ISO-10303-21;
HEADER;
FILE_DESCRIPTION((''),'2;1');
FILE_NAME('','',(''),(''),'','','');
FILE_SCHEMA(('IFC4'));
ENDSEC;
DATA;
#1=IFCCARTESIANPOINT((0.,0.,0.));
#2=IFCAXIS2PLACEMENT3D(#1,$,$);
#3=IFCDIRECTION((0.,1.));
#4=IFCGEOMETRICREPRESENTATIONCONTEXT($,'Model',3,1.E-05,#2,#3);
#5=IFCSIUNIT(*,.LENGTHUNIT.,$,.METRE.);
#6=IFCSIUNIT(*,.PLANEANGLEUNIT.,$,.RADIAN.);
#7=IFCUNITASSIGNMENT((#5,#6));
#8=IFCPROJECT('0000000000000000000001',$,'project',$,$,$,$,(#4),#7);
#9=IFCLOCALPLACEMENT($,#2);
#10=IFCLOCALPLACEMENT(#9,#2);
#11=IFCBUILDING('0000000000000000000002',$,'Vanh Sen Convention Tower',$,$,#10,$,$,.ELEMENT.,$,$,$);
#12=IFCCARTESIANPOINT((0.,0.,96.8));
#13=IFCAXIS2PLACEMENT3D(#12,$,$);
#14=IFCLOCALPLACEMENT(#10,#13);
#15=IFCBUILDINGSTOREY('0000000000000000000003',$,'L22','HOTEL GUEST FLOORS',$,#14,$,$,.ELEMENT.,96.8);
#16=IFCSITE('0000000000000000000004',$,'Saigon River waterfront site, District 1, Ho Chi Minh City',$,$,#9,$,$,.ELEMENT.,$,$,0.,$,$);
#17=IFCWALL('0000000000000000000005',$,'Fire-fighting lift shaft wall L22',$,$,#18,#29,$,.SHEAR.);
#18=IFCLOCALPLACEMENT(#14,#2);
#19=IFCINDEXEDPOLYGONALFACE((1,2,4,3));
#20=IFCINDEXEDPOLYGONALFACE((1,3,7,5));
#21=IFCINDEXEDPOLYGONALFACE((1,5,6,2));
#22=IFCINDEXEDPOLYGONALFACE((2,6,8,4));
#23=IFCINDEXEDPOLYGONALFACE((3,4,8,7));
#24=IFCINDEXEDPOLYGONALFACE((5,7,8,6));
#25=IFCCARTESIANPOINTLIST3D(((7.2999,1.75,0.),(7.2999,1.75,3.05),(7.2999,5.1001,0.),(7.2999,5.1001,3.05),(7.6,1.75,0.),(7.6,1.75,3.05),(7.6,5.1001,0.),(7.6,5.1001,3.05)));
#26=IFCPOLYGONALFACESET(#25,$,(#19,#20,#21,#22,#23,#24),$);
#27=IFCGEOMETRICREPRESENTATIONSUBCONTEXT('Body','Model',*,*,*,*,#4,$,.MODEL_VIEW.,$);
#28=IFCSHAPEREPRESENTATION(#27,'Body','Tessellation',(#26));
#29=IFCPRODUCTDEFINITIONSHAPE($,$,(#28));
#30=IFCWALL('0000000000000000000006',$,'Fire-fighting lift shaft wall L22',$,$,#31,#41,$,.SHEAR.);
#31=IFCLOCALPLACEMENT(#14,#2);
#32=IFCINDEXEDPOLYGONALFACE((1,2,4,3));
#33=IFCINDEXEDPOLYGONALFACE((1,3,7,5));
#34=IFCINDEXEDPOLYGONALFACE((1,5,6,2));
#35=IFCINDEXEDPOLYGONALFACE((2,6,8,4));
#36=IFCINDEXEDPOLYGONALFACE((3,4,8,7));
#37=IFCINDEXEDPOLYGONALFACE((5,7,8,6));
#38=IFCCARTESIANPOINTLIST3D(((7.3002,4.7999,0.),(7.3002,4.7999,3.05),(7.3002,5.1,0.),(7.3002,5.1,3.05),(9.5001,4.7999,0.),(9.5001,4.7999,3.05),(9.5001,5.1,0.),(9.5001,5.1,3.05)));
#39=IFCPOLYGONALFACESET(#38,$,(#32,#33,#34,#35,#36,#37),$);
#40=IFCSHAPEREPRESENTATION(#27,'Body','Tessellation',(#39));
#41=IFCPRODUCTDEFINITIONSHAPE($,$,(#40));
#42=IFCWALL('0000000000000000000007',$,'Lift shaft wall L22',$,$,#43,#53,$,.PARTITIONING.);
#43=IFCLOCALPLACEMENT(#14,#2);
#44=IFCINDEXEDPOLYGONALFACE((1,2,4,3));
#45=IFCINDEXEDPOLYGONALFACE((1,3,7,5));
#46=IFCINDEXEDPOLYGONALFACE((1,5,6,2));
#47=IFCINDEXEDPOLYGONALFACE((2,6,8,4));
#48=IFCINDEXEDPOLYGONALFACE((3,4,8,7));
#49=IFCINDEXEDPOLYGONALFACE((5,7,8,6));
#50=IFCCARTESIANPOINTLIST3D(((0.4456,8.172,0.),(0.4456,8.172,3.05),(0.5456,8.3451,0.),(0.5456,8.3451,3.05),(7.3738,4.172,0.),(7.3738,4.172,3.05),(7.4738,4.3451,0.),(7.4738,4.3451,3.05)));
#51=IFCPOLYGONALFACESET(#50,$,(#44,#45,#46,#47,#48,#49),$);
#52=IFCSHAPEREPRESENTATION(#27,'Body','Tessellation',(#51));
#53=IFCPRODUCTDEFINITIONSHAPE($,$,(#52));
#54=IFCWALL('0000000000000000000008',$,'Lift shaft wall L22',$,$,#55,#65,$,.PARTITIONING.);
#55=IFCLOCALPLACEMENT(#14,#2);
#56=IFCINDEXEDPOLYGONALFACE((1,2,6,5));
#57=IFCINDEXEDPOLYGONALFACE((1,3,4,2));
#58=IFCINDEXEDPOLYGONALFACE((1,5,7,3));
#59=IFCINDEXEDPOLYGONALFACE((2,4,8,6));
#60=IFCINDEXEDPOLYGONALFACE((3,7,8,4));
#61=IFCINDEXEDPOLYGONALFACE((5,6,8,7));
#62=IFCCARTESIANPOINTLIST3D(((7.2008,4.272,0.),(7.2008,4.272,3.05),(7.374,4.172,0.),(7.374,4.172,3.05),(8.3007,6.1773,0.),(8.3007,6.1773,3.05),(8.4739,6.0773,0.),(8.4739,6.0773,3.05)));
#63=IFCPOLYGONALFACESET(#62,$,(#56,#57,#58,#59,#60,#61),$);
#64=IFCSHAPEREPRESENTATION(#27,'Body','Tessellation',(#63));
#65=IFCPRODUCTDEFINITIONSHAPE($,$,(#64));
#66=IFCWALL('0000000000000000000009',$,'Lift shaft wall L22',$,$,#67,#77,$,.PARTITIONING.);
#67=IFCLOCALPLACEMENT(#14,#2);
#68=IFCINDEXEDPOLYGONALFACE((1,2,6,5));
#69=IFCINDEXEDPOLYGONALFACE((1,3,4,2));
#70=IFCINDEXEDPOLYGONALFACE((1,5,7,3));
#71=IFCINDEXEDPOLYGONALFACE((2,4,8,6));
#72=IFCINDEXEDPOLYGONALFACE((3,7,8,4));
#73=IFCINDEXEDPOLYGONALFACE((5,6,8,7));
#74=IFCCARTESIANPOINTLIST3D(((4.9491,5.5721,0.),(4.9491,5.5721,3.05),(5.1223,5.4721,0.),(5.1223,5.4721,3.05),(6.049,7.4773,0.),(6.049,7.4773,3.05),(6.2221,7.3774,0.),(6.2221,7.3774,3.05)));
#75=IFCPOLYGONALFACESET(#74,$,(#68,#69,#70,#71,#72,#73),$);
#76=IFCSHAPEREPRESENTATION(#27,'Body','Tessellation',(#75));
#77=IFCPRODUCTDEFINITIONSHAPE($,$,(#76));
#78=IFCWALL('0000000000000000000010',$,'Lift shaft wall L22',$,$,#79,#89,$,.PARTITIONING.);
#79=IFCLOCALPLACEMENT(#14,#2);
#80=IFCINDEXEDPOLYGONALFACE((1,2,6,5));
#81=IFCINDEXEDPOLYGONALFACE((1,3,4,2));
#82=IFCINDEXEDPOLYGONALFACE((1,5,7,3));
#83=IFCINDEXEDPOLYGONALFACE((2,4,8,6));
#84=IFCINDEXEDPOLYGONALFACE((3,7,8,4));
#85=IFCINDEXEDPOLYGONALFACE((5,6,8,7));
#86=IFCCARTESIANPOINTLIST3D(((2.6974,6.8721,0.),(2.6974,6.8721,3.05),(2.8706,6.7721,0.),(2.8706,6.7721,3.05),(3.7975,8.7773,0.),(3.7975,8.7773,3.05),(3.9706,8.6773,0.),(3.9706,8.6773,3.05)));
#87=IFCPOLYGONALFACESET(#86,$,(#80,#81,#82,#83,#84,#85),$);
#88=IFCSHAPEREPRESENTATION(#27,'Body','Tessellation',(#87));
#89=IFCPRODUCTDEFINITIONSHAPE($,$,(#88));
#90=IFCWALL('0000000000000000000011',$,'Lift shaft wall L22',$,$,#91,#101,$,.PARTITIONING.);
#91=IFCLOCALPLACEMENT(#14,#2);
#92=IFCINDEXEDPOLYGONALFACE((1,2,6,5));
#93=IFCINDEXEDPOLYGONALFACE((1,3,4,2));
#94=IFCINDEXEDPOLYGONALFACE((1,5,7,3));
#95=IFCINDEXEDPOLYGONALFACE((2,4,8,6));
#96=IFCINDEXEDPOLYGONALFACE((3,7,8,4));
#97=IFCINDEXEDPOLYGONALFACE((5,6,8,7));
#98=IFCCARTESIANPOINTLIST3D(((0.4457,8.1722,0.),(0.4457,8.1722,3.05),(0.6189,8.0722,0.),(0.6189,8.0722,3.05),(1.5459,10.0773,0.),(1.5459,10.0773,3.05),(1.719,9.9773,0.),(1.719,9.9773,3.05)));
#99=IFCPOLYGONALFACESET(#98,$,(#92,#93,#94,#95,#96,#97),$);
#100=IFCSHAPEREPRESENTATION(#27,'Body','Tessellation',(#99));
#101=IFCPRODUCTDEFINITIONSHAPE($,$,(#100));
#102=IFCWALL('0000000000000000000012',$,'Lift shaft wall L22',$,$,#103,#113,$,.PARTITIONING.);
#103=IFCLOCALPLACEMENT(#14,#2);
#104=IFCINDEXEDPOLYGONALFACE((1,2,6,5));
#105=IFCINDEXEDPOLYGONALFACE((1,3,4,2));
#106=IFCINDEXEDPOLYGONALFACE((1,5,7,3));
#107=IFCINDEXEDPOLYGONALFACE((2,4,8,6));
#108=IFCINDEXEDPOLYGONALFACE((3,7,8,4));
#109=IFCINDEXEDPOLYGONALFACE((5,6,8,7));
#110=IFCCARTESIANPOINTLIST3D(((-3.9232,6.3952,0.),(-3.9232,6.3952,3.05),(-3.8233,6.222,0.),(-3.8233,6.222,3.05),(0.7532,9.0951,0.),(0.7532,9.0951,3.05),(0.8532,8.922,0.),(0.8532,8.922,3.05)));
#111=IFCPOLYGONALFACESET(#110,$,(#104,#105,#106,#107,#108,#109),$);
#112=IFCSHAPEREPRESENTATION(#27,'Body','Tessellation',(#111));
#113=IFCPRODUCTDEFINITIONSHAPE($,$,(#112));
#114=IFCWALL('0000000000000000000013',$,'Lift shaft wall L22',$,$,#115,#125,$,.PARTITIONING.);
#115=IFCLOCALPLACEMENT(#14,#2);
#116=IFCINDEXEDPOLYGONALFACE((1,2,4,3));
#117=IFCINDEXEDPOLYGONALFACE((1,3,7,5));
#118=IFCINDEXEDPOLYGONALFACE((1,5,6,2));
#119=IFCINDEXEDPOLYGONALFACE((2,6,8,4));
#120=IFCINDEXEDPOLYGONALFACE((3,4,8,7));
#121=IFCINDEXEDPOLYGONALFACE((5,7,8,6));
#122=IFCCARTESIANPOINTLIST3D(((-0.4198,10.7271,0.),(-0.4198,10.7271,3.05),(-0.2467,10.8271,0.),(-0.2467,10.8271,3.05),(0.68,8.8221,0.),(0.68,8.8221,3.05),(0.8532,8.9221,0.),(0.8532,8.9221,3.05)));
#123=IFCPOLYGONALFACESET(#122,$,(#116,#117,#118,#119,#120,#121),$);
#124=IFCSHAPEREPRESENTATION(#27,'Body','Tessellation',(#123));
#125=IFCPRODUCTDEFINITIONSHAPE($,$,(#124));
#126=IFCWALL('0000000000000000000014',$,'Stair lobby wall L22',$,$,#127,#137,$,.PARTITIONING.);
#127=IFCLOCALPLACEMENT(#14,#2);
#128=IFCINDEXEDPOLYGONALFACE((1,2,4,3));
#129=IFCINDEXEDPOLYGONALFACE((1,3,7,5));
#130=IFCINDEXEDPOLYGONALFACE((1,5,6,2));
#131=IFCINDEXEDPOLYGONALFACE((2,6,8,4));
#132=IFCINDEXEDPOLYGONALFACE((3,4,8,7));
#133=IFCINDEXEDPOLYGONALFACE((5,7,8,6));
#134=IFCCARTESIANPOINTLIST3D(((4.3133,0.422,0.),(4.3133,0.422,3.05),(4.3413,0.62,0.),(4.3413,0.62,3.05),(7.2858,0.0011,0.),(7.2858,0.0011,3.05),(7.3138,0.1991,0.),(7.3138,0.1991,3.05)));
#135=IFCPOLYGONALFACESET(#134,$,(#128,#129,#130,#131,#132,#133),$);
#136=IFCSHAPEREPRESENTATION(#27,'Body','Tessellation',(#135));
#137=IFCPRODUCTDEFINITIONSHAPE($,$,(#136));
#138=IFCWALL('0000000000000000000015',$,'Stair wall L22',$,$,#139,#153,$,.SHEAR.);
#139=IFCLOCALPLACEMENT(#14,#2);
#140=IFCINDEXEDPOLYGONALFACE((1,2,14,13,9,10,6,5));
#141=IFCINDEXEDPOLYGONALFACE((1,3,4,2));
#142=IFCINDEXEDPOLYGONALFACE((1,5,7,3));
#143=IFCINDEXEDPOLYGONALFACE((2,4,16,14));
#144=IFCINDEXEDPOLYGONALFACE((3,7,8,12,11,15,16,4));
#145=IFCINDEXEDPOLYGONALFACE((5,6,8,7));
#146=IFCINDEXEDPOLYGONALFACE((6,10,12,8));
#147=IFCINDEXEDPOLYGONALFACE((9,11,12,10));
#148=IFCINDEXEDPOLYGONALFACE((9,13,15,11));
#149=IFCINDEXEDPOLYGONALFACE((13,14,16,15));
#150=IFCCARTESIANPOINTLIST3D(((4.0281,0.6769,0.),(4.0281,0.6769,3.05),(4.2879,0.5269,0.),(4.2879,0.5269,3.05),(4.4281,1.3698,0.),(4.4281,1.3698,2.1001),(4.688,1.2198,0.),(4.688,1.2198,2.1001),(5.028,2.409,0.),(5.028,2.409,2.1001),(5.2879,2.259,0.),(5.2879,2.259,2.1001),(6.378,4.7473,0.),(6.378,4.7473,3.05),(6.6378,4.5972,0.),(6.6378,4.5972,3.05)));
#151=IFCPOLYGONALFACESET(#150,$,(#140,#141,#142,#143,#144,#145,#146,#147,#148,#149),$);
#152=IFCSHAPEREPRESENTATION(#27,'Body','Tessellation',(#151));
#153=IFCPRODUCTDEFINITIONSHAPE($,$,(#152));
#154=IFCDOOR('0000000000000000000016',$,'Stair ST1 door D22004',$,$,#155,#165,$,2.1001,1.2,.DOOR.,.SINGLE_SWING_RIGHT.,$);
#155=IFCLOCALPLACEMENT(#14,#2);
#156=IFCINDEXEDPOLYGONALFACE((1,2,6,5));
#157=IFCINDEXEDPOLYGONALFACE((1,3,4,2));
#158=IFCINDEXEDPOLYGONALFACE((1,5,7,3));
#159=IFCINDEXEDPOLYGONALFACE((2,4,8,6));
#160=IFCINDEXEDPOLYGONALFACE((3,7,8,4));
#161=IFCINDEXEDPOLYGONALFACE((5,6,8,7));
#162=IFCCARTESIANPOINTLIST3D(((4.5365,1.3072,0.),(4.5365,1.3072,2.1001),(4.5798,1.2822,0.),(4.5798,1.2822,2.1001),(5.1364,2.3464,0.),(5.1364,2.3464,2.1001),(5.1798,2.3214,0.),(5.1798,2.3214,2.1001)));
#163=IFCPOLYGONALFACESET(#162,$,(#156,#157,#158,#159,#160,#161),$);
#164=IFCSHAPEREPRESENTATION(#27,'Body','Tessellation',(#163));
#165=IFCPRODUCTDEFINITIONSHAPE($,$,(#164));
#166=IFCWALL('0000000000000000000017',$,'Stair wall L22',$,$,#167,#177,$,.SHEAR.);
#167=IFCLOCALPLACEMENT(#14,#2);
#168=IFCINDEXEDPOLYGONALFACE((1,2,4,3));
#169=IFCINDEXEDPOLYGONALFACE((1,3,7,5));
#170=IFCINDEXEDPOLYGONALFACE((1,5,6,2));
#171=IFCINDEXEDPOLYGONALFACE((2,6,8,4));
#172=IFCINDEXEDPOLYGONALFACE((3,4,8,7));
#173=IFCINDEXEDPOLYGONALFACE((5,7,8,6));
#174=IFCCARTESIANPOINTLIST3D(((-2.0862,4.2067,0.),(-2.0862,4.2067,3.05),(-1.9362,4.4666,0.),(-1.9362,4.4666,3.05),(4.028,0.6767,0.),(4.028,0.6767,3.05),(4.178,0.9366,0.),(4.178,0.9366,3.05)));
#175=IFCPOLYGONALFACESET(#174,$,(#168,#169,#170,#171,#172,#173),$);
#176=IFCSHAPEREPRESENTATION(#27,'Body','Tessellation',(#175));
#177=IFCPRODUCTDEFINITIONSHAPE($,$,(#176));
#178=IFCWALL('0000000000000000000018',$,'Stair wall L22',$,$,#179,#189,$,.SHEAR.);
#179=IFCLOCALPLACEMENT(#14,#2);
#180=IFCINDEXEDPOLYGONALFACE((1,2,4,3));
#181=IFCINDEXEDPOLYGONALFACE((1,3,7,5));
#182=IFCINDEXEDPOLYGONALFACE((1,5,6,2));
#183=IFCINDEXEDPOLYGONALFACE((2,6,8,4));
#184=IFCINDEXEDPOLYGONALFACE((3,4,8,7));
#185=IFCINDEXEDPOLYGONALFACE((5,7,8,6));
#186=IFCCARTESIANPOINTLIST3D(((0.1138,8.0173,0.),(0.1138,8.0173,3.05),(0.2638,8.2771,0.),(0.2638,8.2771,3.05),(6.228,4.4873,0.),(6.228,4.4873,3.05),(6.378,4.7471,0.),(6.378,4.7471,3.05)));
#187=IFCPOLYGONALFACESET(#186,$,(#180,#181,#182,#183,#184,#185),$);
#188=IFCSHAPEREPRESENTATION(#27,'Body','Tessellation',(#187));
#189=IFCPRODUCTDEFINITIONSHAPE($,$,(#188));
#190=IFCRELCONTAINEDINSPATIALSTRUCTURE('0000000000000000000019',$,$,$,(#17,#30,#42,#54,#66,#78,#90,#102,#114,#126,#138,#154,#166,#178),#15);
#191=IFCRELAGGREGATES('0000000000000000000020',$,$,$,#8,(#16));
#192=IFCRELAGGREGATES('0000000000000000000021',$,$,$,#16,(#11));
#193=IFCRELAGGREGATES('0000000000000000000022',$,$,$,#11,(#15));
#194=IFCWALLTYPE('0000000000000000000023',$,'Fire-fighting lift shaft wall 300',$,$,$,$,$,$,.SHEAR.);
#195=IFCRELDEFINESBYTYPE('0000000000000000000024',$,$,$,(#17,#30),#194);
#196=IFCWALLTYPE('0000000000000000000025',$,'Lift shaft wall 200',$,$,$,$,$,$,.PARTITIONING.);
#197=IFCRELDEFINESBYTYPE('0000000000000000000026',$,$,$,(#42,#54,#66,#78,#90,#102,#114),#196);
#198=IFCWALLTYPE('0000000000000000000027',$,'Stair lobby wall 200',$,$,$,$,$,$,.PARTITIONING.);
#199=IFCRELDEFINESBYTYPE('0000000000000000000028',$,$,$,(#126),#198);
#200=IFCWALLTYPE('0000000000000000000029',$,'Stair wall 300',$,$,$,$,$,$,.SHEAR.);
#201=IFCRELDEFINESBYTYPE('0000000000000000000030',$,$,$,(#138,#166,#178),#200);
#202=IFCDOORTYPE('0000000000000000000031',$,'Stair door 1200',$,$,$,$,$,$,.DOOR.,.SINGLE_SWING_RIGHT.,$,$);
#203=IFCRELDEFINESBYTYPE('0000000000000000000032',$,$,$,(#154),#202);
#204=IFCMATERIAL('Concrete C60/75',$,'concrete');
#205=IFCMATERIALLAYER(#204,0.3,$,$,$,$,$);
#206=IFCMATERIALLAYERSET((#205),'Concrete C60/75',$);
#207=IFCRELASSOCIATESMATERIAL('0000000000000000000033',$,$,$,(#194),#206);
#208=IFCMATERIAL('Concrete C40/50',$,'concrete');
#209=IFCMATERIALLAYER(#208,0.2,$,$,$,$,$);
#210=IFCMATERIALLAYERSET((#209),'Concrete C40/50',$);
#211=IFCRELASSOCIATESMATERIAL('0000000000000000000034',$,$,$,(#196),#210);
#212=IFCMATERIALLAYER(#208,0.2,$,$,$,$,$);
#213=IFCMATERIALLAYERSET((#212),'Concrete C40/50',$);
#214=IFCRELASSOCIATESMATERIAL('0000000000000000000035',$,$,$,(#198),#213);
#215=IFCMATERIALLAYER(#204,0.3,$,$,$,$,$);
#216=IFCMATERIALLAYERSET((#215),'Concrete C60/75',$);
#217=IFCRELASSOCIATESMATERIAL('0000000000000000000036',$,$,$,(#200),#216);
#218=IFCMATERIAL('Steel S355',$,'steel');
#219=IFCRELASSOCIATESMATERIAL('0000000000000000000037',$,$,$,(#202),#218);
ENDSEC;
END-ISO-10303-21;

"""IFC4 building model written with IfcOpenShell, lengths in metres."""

from ifc_helpers import new_model, si_unit, direction, frame, frame_2d, origin, place, context, subcontext, project, spatial, rectangle, extrude, material, layer, layer_set, type_object, element, fill, save


model = new_model("IFC4")

# Units and contexts
model_context = context("Model", 3, precision=1e-05, world=origin(), true_north=direction((0.0, 1.0)))
body_context = subcontext(model_context, "Body", "Model", "MODEL_VIEW")
ifc_project = project(units=[si_unit("LENGTHUNIT", "METRE"), si_unit("PLANEANGLEUNIT", "RADIAN")], contexts=[model_context])

# Site, building, storey
site_placement = place(None, origin())
site = spatial("IfcSite", under=ifc_project, at=site_placement, Name="Saigon River waterfront site, District 1, Ho Chi Minh City", CompositionType="ELEMENT", RefElevation=0.0)
building_placement = place(site_placement, origin())
building = spatial("IfcBuilding", under=site, at=building_placement, Name="Vanh Sen Convention Tower", CompositionType="ELEMENT")
storey_placement = place(building_placement, frame((0.0, 0.0, 96.8)))
storey = spatial("IfcBuildingStorey", under=building, at=storey_placement, Name="L22", Description="HOTEL GUEST FLOORS", CompositionType="ELEMENT", Elevation=96.8)

# Shared definitions
ifc_material_1 = material(Name="Steel S355", Category="steel")

# Shared definitions
ifc_material_2 = material(Name="Concrete C60/75", Category="concrete")
ifc_layer_1 = layer(ifc_material_2, 0.3)
ifc_layer_set_1 = layer_set([ifc_layer_1], Name="Concrete C60/75")
wall_type_1 = type_object("IfcWallType", Name="Fire-fighting lift shaft wall 300", PredefinedType="SHEAR", material=ifc_layer_set_1)

# Walls
wall_1_placement = place(storey_placement, frame((7.45, 1.75, 0.0), z_axis=(0.0, 0.0, 1.0), x_axis=(0.0, 1.0, 0.0)))
element("IfcWall", 1, at=wall_1_placement, inside=storey, type_object=wall_type_1, Name="Fire-fighting lift shaft wall L22", PredefinedType="SHEAR", context=body_context, shape_type="SweptSolid", body=[
    extrude(rectangle(XDim=3.3501, YDim=0.3, at=frame_2d((1.675, 0.0))), origin(), (0.0, 0.0, 1.0), 3.05),
])
wall_2_placement = place(storey_placement, frame((7.3, 4.95, 0.0), z_axis=(0.0, 0.0, 1.0), x_axis=(1.0, 0.0, 0.0)))
element("IfcWall", 2, at=wall_2_placement, inside=storey, type_object=wall_type_1, Name="Fire-fighting lift shaft wall L22", PredefinedType="SHEAR", context=body_context, shape_type="SweptSolid", body=[
    extrude(rectangle(XDim=2.2, YDim=0.3, at=frame_2d((1.1001, 0.0))), origin(), (0.0, 0.0, 1.0), 3.05),
])
ifc_material_3 = material(Name="Concrete C40/50", Category="concrete")
ifc_layer_2 = layer(ifc_material_3, 0.2)
ifc_layer_set_2 = layer_set([ifc_layer_2], Name="Concrete C40/50")
wall_type_2 = type_object("IfcWallType", Name="Lift shaft wall 200", PredefinedType="PARTITIONING", material=ifc_layer_set_2)
wall_3_placement = place(storey_placement, frame((7.4238, 4.2585, 0.0), z_axis=(0.0, 0.0, 1.0), x_axis=(-0.866026, 0.499999, 0.0)))
element("IfcWall", 3, at=wall_3_placement, inside=storey, type_object=wall_type_2, Name="Lift shaft wall L22", PredefinedType="PARTITIONING", context=body_context, shape_type="SweptSolid", body=[
    extrude(rectangle(XDim=8.0, YDim=0.2, at=frame_2d((4.0, 0.0))), origin(), (0.0, 0.0, 1.0), 3.05),
])
for number, where, z_axis, x_axis, name in (
    (4, (7.2874, 4.2219, 0.0), (0.0, 0.0, 1.0), (0.499947, 0.866056, 0.0), "Lift shaft wall L22"),
    (5, (5.0356, 5.522, 0.0), (0.0, 0.0, 1.0), (0.499947, 0.866056, 0.0), "Lift shaft wall L22"),
    (6, (2.7839, 6.822, 0.0), (0.0, 0.0, 1.0), (0.50003, 0.866008, 0.0), "Lift shaft wall L22"),
    (7, (0.5322, 8.1221, 0.0), (0.0, 0.0, 1.0), (0.500078, 0.86598, 0.0), "Lift shaft wall L22"),
):
    element("IfcWall", number, at=place(storey_placement, frame(where, z_axis=z_axis, x_axis=x_axis)), inside=storey, type_object=wall_type_2, Name=name, PredefinedType="PARTITIONING", context=body_context, shape_type="SweptSolid", body=[
        extrude(rectangle(XDim=2.2, YDim=0.2, at=frame_2d((1.1001, 0.0))), origin(), (0.0, 0.0, 1.0), 3.05),
    ])
wall_4_placement = place(storey_placement, frame((0.8032, 9.0085, 0.0), z_axis=(0.0, 0.0, 1.0), x_axis=(-0.866028, -0.499995, 0.0)))
element("IfcWall", 8, at=wall_4_placement, inside=storey, type_object=wall_type_2, Name="Lift shaft wall L22", PredefinedType="PARTITIONING", context=body_context, shape_type="SweptSolid", body=[
    extrude(rectangle(XDim=5.3999, YDim=0.2, at=frame_2d((2.7, 0.0))), origin(), (0.0, 0.0, 1.0), 3.05),
])
wall_5_placement = place(storey_placement, frame((0.7666, 8.8721, 0.0), z_axis=(0.0, 0.0, 1.0), x_axis=(-0.499995, 0.866028, 0.0)))
element("IfcWall", 9, at=wall_5_placement, inside=storey, type_object=wall_type_2, Name="Lift shaft wall L22", PredefinedType="PARTITIONING", context=body_context, shape_type="SweptSolid", body=[
    extrude(rectangle(XDim=2.1997, YDim=0.2, at=frame_2d((1.0999, 0.0))), origin(), (0.0, 0.0, 1.0), 3.05),
])
ifc_layer_3 = layer(ifc_material_3, 0.2)
ifc_layer_set_3 = layer_set([ifc_layer_3], Name="Concrete C40/50")
wall_type_3 = type_object("IfcWallType", Name="Stair lobby wall 200", PredefinedType="PARTITIONING", material=ifc_layer_set_3)
wall_6_placement = place(storey_placement, frame((4.3274, 0.521, 0.0), z_axis=(0.0, 0.0, 1.0), x_axis=(0.990124, -0.140192, 0.0)))
element("IfcWall", 10, at=wall_6_placement, inside=storey, type_object=wall_type_3, Name="Stair lobby wall L22", PredefinedType="PARTITIONING", context=body_context, shape_type="SweptSolid", body=[
    extrude(rectangle(XDim=3.0022, YDim=0.2, at=frame_2d((1.501, 0.0))), origin(), (0.0, 0.0, 1.0), 3.05),
])

# Wall, opening, door
ifc_layer_4 = layer(ifc_material_2, 0.3)
ifc_layer_set_4 = layer_set([ifc_layer_4], Name="Concrete C60/75")
wall_type_4 = type_object("IfcWallType", Name="Stair wall 300", PredefinedType="SHEAR", material=ifc_layer_set_4)
wall_7_placement = place(storey_placement, frame((4.158, 0.6018, 0.0), z_axis=(0.0, 0.0, 1.0), x_axis=(0.499977, 0.866039, 0.0)))
wall_7 = element("IfcWall", 11, at=wall_7_placement, inside=storey, type_object=wall_type_4, Name="Stair wall L22", PredefinedType="SHEAR", context=body_context, shape_type="SweptSolid", body=[
    extrude(rectangle(XDim=4.7, YDim=0.3, at=frame_2d((2.3501, 0.0))), origin(), (0.0, 0.0, 1.0), 3.05),
])
opening_1_placement = place(wall_7_placement, frame((0.8, 0.0, 0.0)))
opening_1 = element("IfcOpeningElement", 12, at=opening_1_placement, cuts=wall_7, PredefinedType="OPENING", context=body_context, shape_type="SweptSolid", body=[
    extrude(rectangle(XDim=1.2, YDim=2.1001, at=frame_2d((0.6001, 1.05))), frame((0.0, 0.1599, 0.0), z_axis=(0.0, -1.0, 0.0), x_axis=(1.0, 0.0, 0.0)), (0.0, 0.0, 1.0), 0.3201),
])
door_type_1 = type_object("IfcDoorType", Name="Stair door 1200", OperationType="SINGLE_SWING_RIGHT", PredefinedType="DOOR", material=ifc_material_1)
door_1_placement = place(opening_1_placement, origin())
door_1 = element("IfcDoor", 13, at=door_1_placement, inside=storey, type_object=door_type_1, Name="Stair ST1 door D22004", OperationType="SINGLE_SWING_RIGHT", OverallHeight=2.1001, OverallWidth=1.2, PredefinedType="DOOR", context=body_context, shape_type="SweptSolid", body=[
    extrude(rectangle(XDim=1.2, YDim=2.1001, at=frame_2d((0.6001, 1.05))), frame((0.0, 0.0249, 0.0), z_axis=(0.0, -1.0, 0.0), x_axis=(1.0, 0.0, 0.0)), (0.0, 0.0, 1.0), 0.05),
])
fill(opening_1, door_1)

# Walls
for number, where, z_axis, x_axis, name in (
    (14, (4.103, 0.8066, 0.0), (0.0, 0.0, 1.0), (-0.866028, 0.499996, 0.0), "Stair wall L22"),
    (15, (6.303, 4.6172, 0.0), (0.0, 0.0, 1.0), (-0.866028, 0.499996, 0.0), "Stair wall L22"),
):
    element("IfcWall", number, at=place(storey_placement, frame(where, z_axis=z_axis, x_axis=x_axis)), inside=storey, type_object=wall_type_4, Name=name, PredefinedType="SHEAR", context=body_context, shape_type="SweptSolid", body=[
        extrude(rectangle(XDim=7.0601, YDim=0.3, at=frame_2d((3.53, 0.0))), origin(), (0.0, 0.0, 1.0), 3.05),
    ])

save(model, "model.ifc")
